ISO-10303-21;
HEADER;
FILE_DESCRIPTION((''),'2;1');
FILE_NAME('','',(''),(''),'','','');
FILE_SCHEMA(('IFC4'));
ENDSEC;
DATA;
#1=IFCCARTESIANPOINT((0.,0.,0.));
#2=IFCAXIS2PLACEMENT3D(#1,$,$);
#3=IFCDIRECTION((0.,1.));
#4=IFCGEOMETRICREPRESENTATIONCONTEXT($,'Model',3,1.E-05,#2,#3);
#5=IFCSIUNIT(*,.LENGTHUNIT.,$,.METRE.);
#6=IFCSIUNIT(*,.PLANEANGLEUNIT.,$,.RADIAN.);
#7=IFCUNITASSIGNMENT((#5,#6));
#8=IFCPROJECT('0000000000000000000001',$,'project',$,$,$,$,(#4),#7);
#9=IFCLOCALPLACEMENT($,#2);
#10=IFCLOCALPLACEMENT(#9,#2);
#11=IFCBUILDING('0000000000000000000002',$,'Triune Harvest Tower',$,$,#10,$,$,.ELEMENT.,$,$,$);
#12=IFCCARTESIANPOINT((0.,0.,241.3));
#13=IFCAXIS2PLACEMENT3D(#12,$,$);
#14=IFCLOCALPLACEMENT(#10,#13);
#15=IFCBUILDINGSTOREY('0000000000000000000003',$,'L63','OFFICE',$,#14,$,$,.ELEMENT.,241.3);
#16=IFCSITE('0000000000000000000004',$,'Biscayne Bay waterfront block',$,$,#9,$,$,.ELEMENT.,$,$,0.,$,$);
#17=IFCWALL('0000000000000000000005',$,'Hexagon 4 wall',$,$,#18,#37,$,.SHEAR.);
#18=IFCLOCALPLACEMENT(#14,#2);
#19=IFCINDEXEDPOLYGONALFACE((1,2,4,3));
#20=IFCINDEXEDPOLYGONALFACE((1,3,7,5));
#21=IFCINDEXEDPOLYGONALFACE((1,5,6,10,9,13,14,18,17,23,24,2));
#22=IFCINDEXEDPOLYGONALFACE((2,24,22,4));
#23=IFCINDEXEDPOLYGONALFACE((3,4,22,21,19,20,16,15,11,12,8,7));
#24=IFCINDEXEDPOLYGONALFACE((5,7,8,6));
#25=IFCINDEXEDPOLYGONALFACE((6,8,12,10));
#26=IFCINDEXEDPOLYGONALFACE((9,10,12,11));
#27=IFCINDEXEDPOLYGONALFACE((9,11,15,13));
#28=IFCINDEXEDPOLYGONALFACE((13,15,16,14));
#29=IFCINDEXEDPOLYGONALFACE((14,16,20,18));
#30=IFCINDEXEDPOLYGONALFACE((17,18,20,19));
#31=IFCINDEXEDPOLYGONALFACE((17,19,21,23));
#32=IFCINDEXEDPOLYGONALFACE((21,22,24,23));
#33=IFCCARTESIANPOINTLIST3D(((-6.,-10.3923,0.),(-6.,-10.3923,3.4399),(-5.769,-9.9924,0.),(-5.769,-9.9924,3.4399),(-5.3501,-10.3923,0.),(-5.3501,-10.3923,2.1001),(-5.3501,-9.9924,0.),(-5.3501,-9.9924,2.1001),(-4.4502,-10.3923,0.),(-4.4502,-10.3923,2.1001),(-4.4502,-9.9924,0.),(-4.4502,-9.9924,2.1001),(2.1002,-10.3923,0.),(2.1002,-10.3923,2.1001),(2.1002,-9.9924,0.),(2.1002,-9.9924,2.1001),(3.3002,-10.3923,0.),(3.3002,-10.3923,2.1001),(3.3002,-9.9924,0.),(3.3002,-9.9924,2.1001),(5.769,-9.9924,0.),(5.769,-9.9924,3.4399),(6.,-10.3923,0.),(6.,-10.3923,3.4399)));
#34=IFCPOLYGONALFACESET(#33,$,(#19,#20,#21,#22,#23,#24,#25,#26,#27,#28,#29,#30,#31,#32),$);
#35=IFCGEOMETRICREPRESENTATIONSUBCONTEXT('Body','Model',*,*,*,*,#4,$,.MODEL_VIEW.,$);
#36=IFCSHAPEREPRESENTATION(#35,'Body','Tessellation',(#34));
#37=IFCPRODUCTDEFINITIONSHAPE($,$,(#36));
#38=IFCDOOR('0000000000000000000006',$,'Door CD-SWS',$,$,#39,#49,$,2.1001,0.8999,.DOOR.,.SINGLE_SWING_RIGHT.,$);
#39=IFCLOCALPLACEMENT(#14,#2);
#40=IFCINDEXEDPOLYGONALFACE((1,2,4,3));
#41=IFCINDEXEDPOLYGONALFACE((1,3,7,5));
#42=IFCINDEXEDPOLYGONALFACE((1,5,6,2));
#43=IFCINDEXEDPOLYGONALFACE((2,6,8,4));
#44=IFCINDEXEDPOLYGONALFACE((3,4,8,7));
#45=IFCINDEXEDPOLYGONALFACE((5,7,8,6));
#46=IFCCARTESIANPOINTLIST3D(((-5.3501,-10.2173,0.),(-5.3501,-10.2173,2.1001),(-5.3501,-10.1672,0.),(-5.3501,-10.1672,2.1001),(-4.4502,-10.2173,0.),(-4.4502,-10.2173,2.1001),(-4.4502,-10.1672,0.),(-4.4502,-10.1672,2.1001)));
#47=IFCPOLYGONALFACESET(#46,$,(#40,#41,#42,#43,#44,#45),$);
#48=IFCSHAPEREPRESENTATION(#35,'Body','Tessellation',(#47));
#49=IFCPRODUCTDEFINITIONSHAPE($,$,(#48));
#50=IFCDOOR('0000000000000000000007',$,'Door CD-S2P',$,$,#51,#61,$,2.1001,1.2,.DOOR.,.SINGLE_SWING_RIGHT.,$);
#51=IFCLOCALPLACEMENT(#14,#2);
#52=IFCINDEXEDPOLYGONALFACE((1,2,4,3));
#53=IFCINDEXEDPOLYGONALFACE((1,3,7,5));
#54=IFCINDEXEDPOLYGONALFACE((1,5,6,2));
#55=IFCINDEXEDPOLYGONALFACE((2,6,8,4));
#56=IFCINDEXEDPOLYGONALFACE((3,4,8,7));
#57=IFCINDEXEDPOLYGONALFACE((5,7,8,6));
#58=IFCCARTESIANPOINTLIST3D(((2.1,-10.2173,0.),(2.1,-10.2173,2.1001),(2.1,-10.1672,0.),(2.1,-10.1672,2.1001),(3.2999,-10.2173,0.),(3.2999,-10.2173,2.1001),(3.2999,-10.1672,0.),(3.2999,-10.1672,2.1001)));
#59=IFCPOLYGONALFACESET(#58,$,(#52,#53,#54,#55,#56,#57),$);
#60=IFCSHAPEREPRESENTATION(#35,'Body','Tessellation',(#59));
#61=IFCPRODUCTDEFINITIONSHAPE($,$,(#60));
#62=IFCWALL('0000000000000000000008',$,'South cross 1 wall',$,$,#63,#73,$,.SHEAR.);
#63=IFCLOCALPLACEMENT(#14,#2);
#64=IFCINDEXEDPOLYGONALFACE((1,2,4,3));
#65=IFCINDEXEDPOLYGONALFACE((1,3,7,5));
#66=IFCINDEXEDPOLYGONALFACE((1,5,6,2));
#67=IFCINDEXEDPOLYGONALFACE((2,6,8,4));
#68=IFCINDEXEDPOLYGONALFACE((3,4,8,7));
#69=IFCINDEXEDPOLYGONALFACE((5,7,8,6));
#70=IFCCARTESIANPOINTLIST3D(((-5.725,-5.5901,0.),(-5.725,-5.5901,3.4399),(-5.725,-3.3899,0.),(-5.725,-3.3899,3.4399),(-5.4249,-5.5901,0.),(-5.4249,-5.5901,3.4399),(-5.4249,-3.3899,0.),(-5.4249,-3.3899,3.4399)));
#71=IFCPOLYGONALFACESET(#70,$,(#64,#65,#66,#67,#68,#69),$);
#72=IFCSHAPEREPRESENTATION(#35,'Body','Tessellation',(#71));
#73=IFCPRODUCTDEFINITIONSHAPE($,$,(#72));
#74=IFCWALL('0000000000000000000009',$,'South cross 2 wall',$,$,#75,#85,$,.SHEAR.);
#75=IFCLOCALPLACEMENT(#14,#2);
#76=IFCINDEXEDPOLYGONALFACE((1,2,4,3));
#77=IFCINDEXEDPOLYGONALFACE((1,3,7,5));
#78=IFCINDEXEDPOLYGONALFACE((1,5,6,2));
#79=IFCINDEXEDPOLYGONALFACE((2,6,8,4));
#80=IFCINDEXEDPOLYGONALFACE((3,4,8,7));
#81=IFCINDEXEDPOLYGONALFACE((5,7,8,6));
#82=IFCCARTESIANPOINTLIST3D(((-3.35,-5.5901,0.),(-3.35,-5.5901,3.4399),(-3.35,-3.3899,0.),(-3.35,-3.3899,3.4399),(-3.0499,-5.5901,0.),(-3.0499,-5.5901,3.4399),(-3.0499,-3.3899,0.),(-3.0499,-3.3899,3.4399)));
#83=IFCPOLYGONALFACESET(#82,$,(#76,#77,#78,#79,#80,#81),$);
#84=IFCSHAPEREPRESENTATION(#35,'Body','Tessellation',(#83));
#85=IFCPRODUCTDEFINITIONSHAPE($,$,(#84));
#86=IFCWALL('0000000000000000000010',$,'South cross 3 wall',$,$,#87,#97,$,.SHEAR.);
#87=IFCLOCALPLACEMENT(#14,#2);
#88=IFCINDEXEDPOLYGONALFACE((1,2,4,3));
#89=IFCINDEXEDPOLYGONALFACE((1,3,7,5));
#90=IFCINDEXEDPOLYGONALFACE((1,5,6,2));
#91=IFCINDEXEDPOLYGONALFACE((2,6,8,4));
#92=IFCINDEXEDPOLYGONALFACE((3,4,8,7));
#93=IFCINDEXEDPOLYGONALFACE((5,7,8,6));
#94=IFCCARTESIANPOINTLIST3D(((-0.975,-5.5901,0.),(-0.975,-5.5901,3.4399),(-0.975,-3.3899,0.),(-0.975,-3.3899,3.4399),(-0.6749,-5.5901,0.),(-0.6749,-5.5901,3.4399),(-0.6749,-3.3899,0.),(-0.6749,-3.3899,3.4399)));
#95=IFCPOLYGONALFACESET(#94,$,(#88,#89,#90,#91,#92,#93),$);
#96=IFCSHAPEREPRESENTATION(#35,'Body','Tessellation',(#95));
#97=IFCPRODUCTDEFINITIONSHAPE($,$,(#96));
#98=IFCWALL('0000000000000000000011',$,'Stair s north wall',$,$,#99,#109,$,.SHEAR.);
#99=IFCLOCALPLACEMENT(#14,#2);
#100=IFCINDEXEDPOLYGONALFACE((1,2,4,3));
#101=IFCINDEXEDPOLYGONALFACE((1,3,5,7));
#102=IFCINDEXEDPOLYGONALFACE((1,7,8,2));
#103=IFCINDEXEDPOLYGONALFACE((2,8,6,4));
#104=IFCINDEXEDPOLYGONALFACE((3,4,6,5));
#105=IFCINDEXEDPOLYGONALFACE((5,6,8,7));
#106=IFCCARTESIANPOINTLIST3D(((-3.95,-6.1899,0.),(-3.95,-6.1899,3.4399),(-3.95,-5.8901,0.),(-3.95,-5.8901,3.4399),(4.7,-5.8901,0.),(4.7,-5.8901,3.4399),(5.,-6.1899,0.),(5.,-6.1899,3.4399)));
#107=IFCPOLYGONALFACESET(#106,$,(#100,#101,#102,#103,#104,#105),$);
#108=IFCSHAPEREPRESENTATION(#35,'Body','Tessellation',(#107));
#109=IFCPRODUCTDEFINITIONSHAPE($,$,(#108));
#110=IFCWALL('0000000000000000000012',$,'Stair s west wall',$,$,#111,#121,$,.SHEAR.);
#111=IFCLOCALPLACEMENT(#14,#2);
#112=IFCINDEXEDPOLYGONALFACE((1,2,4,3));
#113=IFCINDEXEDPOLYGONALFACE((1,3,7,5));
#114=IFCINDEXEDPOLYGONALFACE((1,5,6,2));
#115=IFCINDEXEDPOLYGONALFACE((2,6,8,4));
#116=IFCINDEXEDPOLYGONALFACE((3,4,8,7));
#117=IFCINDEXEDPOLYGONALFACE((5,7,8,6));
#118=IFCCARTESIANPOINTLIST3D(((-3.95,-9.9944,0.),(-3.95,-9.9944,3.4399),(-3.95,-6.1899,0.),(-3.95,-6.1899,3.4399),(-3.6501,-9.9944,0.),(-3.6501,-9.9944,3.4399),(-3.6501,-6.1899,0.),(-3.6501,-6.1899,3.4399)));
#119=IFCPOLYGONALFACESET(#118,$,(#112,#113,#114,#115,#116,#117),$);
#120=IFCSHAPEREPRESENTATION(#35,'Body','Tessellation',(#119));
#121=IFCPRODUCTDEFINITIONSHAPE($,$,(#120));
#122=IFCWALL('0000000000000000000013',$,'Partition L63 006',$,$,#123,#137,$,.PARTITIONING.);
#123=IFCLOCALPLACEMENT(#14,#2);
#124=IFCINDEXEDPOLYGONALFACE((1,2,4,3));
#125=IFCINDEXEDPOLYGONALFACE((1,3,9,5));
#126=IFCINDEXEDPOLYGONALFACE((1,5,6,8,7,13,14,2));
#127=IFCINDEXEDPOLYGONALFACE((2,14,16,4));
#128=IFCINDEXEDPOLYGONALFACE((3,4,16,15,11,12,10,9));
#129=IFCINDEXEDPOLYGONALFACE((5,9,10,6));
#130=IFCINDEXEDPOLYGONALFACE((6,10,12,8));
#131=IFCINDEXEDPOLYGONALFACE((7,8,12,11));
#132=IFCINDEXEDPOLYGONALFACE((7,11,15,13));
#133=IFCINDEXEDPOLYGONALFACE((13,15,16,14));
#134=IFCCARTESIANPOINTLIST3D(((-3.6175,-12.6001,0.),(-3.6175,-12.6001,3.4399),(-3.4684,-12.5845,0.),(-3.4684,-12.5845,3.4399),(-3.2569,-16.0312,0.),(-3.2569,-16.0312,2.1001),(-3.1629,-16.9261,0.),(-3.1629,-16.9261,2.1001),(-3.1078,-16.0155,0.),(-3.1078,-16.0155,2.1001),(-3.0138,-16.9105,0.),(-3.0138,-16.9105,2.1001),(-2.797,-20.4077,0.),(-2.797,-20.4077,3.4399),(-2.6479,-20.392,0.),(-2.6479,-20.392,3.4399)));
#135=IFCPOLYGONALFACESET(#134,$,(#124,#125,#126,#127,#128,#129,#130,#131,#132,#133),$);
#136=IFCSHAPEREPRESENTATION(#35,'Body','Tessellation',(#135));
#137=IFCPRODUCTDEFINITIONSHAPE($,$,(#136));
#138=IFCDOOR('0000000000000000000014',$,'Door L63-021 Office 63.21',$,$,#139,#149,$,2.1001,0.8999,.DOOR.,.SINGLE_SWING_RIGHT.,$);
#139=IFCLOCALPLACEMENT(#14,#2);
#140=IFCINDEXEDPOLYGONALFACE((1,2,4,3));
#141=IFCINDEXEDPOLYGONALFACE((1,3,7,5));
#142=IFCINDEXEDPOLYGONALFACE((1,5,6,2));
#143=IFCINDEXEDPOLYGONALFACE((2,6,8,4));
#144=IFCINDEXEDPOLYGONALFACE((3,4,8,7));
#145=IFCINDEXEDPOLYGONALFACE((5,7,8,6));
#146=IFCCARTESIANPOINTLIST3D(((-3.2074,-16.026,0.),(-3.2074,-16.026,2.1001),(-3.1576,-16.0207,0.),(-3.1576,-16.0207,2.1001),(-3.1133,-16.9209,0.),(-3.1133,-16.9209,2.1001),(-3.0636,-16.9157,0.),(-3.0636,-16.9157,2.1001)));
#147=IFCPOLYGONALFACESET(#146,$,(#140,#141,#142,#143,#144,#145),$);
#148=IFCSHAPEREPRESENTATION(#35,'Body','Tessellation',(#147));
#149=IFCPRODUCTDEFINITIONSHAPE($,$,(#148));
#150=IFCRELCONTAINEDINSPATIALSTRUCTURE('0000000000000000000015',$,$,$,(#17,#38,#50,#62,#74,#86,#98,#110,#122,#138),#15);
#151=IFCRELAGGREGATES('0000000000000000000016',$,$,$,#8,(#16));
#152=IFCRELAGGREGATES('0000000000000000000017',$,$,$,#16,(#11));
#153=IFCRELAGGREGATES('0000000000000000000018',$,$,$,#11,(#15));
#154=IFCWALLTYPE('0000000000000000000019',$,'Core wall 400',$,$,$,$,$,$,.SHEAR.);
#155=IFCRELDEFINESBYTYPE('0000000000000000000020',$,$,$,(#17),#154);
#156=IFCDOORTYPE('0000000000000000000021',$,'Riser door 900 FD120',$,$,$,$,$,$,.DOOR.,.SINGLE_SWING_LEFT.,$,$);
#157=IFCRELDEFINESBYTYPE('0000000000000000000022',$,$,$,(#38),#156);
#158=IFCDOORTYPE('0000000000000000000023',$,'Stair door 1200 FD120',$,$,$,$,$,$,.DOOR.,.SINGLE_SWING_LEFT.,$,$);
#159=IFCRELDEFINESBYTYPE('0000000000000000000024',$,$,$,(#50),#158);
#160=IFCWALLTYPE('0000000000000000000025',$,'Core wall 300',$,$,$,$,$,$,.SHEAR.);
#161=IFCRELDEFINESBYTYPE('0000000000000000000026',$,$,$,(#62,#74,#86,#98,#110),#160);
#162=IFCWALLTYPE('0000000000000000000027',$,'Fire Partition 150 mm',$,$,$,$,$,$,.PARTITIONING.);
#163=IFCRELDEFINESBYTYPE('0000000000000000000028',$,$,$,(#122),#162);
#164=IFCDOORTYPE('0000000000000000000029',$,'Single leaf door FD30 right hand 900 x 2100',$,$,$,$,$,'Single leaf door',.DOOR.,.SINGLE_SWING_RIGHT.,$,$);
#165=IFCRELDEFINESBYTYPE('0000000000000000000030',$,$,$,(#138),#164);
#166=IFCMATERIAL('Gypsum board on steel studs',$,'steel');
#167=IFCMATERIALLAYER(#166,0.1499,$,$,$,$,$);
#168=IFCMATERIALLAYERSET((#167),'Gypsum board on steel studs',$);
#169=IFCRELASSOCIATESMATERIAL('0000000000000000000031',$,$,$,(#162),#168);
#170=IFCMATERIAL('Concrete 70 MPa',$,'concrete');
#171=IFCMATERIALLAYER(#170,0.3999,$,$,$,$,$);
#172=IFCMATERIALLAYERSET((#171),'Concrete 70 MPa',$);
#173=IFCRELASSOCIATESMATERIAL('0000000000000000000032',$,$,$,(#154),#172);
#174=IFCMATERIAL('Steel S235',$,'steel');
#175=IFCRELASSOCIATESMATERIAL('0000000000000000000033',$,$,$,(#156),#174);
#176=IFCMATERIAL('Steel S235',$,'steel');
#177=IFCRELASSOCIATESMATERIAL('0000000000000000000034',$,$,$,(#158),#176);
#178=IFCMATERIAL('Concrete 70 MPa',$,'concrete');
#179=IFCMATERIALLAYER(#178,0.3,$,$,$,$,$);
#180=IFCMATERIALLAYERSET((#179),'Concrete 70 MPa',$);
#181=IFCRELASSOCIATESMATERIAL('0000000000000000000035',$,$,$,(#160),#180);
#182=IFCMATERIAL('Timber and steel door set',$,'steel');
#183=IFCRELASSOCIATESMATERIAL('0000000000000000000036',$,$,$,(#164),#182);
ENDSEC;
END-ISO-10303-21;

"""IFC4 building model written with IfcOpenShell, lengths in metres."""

from ifc_helpers import new_model, si_unit, direction, frame, frame_2d, origin, place, context, subcontext, project, spatial, polyline, rectangle, outline, extrude, source, transform, mapped, material, layer, layer_set, type_object, element, fill, save


model = new_model("IFC4")

# Units and contexts
model_context = context("Model", 3, precision=1e-05, world=origin(), true_north=direction((0.0, 1.0)))
body_context = subcontext(model_context, "Body", "Model", "MODEL_VIEW")
ifc_project = project(units=[si_unit("LENGTHUNIT", "METRE"), si_unit("PLANEANGLEUNIT", "RADIAN")], contexts=[model_context])

# Site, building, storey
site_placement = place(None, origin())
site = spatial("IfcSite", under=ifc_project, at=site_placement, Name="Biscayne Bay waterfront block", CompositionType="ELEMENT", RefElevation=0.0)
building_placement = place(site_placement, origin())
building = spatial("IfcBuilding", under=site, at=building_placement, Name="Triune Harvest Tower", CompositionType="ELEMENT")
storey_placement = place(building_placement, frame((0.0, 0.0, 241.3)))
storey = spatial("IfcBuildingStorey", under=building, at=storey_placement, Name="L63", Description="OFFICE", CompositionType="ELEMENT", Elevation=241.3)

# Shared definitions
ifc_material_1 = material(Name="Gypsum board on steel studs", Category="steel")
ifc_layer_1 = layer(ifc_material_1, 0.1499)
ifc_layer_set_1 = layer_set([ifc_layer_1], Name="Gypsum board on steel studs")
wall_type_1 = type_object("IfcWallType", Name="Fire Partition 150 mm", PredefinedType="PARTITIONING", material=ifc_layer_set_1)

# Wall, openings, doors
ifc_material_2 = material(Name="Concrete 70 MPa", Category="concrete")
ifc_layer_2 = layer(ifc_material_2, 0.3999)
ifc_layer_set_2 = layer_set([ifc_layer_2], Name="Concrete 70 MPa")
wall_type_2 = type_object("IfcWallType", Name="Core wall 400", PredefinedType="SHEAR", material=ifc_layer_set_2)
shared_shape_1 = source(origin(), body_context, "Body", "SweptSolid", [
    extrude(outline(polyline([(-0.1155, -0.2), (11.8845, -0.2), (11.6536, 0.2), (0.1155, 0.2), (-0.1155, -0.2)])), origin(), (0.0, 0.0, 1.0), 3.4399),
])
wall_1_placement = place(storey_placement, frame((-5.8845, -10.1924, 0.0), z_axis=(0.0, 0.0, 1.0), x_axis=(1.0, 0.0, 0.0)))
wall_1 = element("IfcWall", 1, at=wall_1_placement, inside=storey, type_object=wall_type_2, Name="Hexagon 4 wall", PredefinedType="SHEAR", context=body_context, shape_type="MappedRepresentation", body=[
    mapped(shared_shape_1, transform((0.0, 0.0, 0.0), scale=1.0)),
])
opening_1_placement = place(wall_1_placement, frame((7.9846, 0.0, 0.0)))
opening_1 = element("IfcOpeningElement", 2, at=opening_1_placement, cuts=wall_1, PredefinedType="OPENING", context=body_context, shape_type="SweptSolid", body=[
    extrude(rectangle(XDim=1.2, YDim=2.1001, at=frame_2d((0.6001, 1.05))), frame((0.0, 0.21, 0.0), z_axis=(0.0, -1.0, 0.0), x_axis=(1.0, 0.0, 0.0)), (0.0, 0.0, 1.0), 0.4199),
])
opening_2_placement = place(wall_1_placement, frame((0.5344, 0.0, 0.0)))
opening_2 = element("IfcOpeningElement", 3, at=opening_2_placement, cuts=wall_1, PredefinedType="OPENING", context=body_context, shape_type="SweptSolid", body=[
    extrude(rectangle(XDim=0.8999, YDim=2.1001, at=frame_2d((0.45, 1.05))), frame((0.0, 0.21, 0.0), z_axis=(0.0, -1.0, 0.0), x_axis=(1.0, 0.0, 0.0)), (0.0, 0.0, 1.0), 0.4199),
])
ifc_material_3 = material(Name="Steel S235", Category="steel")
door_type_1 = type_object("IfcDoorType", Name="Riser door 900 FD120", OperationType="SINGLE_SWING_LEFT", PredefinedType="DOOR", material=ifc_material_3)
door_1_placement = place(opening_2_placement, frame((0.8999, 0.0, 0.0), z_axis=(0.0, 0.0, 1.0), x_axis=(-1.0, 0.0, 0.0)))
door_1 = element("IfcDoor", 4, at=door_1_placement, inside=storey, type_object=door_type_1, Name="Door CD-SWS", OperationType="SINGLE_SWING_RIGHT", OverallHeight=2.1001, OverallWidth=0.8999, PredefinedType="DOOR", context=body_context, shape_type="SweptSolid", body=[
    extrude(rectangle(XDim=0.8999, YDim=2.1001, at=frame_2d((0.45, 1.05))), frame((0.0, 0.0249, 0.0), z_axis=(0.0, -1.0, 0.0), x_axis=(1.0, 0.0, 0.0)), (0.0, 0.0, 1.0), 0.05),
])
fill(opening_2, door_1)
ifc_material_4 = material(Name="Steel S235", Category="steel")
door_type_2 = type_object("IfcDoorType", Name="Stair door 1200 FD120", OperationType="SINGLE_SWING_LEFT", PredefinedType="DOOR", material=ifc_material_4)
door_2_placement = place(opening_1_placement, frame((1.2, 0.0, 0.0), z_axis=(0.0, 0.0, 1.0), x_axis=(-1.0, 0.0, 0.0)))
door_2 = element("IfcDoor", 5, at=door_2_placement, inside=storey, type_object=door_type_2, Name="Door CD-S2P", OperationType="SINGLE_SWING_RIGHT", OverallHeight=2.1001, OverallWidth=1.2, PredefinedType="DOOR", context=body_context, shape_type="SweptSolid", body=[
    extrude(rectangle(XDim=1.2, YDim=2.1001, at=frame_2d((0.6001, 1.05))), frame((0.0, 0.0249, 0.0), z_axis=(0.0, -1.0, 0.0), x_axis=(1.0, 0.0, 0.0)), (0.0, 0.0, 1.0), 0.05),
])
fill(opening_1, door_2)

# Walls
ifc_material_5 = material(Name="Concrete 70 MPa", Category="concrete")
ifc_layer_3 = layer(ifc_material_5, 0.3)
ifc_layer_set_3 = layer_set([ifc_layer_3], Name="Concrete 70 MPa")
wall_type_3 = type_object("IfcWallType", Name="Core wall 300", PredefinedType="SHEAR", material=ifc_layer_set_3)
shared_shape_2 = source(origin(), body_context, "Body", "SweptSolid", [
    extrude(rectangle(XDim=2.2002, YDim=0.3, at=frame_2d((1.1001, 0.0))), origin(), (0.0, 0.0, 1.0), 3.4399),
])
for number, where, z_axis, x_axis, name in (
    (6, (-5.575, -5.5901, 0.0), (0.0, 0.0, 1.0), (0.0, 1.0, 0.0), "South cross 1 wall"),
    (7, (-3.2, -5.5901, 0.0), (0.0, 0.0, 1.0), (0.0, 1.0, 0.0), "South cross 2 wall"),
    (8, (-0.825, -5.5901, 0.0), (0.0, 0.0, 1.0), (0.0, 1.0, 0.0), "South cross 3 wall"),
):
    element("IfcWall", number, at=place(storey_placement, frame(where, z_axis=z_axis, x_axis=x_axis)), inside=storey, type_object=wall_type_3, Name=name, PredefinedType="SHEAR", context=body_context, shape_type="MappedRepresentation", body=[
        mapped(shared_shape_2, transform((0.0, 0.0, 0.0), scale=1.0)),
    ])
shared_shape_3 = source(origin(), body_context, "Body", "SweptSolid", [
    extrude(outline(polyline([(0.0, -0.1499), (8.95, -0.1499), (8.6499, 0.1499), (0.0, 0.1499), (0.0, -0.1499)])), origin(), (0.0, 0.0, 1.0), 3.4399),
])
wall_2_placement = place(storey_placement, frame((-3.95, -6.04, 0.0), z_axis=(0.0, 0.0, 1.0), x_axis=(1.0, 0.0, 0.0)))
element("IfcWall", 9, at=wall_2_placement, inside=storey, type_object=wall_type_3, Name="Stair s north wall", PredefinedType="SHEAR", context=body_context, shape_type="MappedRepresentation", body=[
    mapped(shared_shape_3, transform((0.0, 0.0, 0.0), scale=1.0)),
])
shared_shape_4 = source(origin(), body_context, "Body", "SweptSolid", [
    extrude(outline(polyline([(3.8, -0.1499), (-0.0044, -0.1499), (-0.0044, 0.1499), (3.8, 0.1499), (3.8, -0.1499)])), origin(), (0.0, 0.0, 1.0), 3.4399),
])
wall_3_placement = place(storey_placement, frame((-3.8, -9.99, 0.0), z_axis=(0.0, 0.0, 1.0), x_axis=(0.0, 1.0, 0.0)))
element("IfcWall", 10, at=wall_3_placement, inside=storey, type_object=wall_type_3, Name="Stair s west wall", PredefinedType="SHEAR", context=body_context, shape_type="MappedRepresentation", body=[
    mapped(shared_shape_4, transform((0.0, 0.0, 0.0), scale=1.0)),
])

# Wall, opening, door
shared_shape_5 = source(origin(), body_context, "Body", "SweptSolid", [
    extrude(rectangle(XDim=7.8506, YDim=0.1499, at=frame_2d((3.9253, 0.0))), origin(), (0.0, 0.0, 1.0), 3.4399),
])
wall_4_placement = place(storey_placement, frame((-3.543, -12.5923, 0.0), z_axis=(0.0, 0.0, 1.0), x_axis=(0.104521, -0.994523, 0.0)))
wall_4 = element("IfcWall", 11, at=wall_4_placement, inside=storey, type_object=wall_type_1, Name="Partition L63 006", PredefinedType="PARTITIONING", context=body_context, shape_type="MappedRepresentation", body=[
    mapped(shared_shape_5, transform((0.0, 0.0, 0.0), scale=1.0)),
])
opening_3_placement = place(wall_4_placement, frame((3.45, 0.0, 0.0)))
opening_3 = element("IfcOpeningElement", 12, at=opening_3_placement, cuts=wall_4, PredefinedType="OPENING", context=body_context, shape_type="SweptSolid", body=[
    extrude(rectangle(XDim=0.8999, YDim=2.1001, at=frame_2d((0.45, 1.05))), frame((0.0, 0.085, 0.0), z_axis=(0.0, -1.0, 0.0), x_axis=(1.0, 0.0, 0.0)), (0.0, 0.0, 1.0), 0.1699),
])
ifc_material_6 = material(Name="Timber and steel door set", Category="steel")
door_type_3 = type_object("IfcDoorType", Name="Single leaf door FD30 right hand 900 x 2100", ElementType="Single leaf door", OperationType="SINGLE_SWING_RIGHT", PredefinedType="DOOR", material=ifc_material_6)
door_3_placement = place(opening_3_placement, origin())
door_3 = element("IfcDoor", 13, at=door_3_placement, inside=storey, type_object=door_type_3, Name="Door L63-021 Office 63.21", OperationType="SINGLE_SWING_RIGHT", OverallHeight=2.1001, OverallWidth=0.8999, PredefinedType="DOOR", context=body_context, shape_type="SweptSolid", body=[
    extrude(rectangle(XDim=0.8999, YDim=2.1001, at=frame_2d((0.45, 1.05))), frame((0.0, 0.0249, 0.0), z_axis=(0.0, -1.0, 0.0), x_axis=(1.0, 0.0, 0.0)), (0.0, 0.0, 1.0), 0.05),
])
fill(opening_3, door_3)

save(model, "model.ifc")
